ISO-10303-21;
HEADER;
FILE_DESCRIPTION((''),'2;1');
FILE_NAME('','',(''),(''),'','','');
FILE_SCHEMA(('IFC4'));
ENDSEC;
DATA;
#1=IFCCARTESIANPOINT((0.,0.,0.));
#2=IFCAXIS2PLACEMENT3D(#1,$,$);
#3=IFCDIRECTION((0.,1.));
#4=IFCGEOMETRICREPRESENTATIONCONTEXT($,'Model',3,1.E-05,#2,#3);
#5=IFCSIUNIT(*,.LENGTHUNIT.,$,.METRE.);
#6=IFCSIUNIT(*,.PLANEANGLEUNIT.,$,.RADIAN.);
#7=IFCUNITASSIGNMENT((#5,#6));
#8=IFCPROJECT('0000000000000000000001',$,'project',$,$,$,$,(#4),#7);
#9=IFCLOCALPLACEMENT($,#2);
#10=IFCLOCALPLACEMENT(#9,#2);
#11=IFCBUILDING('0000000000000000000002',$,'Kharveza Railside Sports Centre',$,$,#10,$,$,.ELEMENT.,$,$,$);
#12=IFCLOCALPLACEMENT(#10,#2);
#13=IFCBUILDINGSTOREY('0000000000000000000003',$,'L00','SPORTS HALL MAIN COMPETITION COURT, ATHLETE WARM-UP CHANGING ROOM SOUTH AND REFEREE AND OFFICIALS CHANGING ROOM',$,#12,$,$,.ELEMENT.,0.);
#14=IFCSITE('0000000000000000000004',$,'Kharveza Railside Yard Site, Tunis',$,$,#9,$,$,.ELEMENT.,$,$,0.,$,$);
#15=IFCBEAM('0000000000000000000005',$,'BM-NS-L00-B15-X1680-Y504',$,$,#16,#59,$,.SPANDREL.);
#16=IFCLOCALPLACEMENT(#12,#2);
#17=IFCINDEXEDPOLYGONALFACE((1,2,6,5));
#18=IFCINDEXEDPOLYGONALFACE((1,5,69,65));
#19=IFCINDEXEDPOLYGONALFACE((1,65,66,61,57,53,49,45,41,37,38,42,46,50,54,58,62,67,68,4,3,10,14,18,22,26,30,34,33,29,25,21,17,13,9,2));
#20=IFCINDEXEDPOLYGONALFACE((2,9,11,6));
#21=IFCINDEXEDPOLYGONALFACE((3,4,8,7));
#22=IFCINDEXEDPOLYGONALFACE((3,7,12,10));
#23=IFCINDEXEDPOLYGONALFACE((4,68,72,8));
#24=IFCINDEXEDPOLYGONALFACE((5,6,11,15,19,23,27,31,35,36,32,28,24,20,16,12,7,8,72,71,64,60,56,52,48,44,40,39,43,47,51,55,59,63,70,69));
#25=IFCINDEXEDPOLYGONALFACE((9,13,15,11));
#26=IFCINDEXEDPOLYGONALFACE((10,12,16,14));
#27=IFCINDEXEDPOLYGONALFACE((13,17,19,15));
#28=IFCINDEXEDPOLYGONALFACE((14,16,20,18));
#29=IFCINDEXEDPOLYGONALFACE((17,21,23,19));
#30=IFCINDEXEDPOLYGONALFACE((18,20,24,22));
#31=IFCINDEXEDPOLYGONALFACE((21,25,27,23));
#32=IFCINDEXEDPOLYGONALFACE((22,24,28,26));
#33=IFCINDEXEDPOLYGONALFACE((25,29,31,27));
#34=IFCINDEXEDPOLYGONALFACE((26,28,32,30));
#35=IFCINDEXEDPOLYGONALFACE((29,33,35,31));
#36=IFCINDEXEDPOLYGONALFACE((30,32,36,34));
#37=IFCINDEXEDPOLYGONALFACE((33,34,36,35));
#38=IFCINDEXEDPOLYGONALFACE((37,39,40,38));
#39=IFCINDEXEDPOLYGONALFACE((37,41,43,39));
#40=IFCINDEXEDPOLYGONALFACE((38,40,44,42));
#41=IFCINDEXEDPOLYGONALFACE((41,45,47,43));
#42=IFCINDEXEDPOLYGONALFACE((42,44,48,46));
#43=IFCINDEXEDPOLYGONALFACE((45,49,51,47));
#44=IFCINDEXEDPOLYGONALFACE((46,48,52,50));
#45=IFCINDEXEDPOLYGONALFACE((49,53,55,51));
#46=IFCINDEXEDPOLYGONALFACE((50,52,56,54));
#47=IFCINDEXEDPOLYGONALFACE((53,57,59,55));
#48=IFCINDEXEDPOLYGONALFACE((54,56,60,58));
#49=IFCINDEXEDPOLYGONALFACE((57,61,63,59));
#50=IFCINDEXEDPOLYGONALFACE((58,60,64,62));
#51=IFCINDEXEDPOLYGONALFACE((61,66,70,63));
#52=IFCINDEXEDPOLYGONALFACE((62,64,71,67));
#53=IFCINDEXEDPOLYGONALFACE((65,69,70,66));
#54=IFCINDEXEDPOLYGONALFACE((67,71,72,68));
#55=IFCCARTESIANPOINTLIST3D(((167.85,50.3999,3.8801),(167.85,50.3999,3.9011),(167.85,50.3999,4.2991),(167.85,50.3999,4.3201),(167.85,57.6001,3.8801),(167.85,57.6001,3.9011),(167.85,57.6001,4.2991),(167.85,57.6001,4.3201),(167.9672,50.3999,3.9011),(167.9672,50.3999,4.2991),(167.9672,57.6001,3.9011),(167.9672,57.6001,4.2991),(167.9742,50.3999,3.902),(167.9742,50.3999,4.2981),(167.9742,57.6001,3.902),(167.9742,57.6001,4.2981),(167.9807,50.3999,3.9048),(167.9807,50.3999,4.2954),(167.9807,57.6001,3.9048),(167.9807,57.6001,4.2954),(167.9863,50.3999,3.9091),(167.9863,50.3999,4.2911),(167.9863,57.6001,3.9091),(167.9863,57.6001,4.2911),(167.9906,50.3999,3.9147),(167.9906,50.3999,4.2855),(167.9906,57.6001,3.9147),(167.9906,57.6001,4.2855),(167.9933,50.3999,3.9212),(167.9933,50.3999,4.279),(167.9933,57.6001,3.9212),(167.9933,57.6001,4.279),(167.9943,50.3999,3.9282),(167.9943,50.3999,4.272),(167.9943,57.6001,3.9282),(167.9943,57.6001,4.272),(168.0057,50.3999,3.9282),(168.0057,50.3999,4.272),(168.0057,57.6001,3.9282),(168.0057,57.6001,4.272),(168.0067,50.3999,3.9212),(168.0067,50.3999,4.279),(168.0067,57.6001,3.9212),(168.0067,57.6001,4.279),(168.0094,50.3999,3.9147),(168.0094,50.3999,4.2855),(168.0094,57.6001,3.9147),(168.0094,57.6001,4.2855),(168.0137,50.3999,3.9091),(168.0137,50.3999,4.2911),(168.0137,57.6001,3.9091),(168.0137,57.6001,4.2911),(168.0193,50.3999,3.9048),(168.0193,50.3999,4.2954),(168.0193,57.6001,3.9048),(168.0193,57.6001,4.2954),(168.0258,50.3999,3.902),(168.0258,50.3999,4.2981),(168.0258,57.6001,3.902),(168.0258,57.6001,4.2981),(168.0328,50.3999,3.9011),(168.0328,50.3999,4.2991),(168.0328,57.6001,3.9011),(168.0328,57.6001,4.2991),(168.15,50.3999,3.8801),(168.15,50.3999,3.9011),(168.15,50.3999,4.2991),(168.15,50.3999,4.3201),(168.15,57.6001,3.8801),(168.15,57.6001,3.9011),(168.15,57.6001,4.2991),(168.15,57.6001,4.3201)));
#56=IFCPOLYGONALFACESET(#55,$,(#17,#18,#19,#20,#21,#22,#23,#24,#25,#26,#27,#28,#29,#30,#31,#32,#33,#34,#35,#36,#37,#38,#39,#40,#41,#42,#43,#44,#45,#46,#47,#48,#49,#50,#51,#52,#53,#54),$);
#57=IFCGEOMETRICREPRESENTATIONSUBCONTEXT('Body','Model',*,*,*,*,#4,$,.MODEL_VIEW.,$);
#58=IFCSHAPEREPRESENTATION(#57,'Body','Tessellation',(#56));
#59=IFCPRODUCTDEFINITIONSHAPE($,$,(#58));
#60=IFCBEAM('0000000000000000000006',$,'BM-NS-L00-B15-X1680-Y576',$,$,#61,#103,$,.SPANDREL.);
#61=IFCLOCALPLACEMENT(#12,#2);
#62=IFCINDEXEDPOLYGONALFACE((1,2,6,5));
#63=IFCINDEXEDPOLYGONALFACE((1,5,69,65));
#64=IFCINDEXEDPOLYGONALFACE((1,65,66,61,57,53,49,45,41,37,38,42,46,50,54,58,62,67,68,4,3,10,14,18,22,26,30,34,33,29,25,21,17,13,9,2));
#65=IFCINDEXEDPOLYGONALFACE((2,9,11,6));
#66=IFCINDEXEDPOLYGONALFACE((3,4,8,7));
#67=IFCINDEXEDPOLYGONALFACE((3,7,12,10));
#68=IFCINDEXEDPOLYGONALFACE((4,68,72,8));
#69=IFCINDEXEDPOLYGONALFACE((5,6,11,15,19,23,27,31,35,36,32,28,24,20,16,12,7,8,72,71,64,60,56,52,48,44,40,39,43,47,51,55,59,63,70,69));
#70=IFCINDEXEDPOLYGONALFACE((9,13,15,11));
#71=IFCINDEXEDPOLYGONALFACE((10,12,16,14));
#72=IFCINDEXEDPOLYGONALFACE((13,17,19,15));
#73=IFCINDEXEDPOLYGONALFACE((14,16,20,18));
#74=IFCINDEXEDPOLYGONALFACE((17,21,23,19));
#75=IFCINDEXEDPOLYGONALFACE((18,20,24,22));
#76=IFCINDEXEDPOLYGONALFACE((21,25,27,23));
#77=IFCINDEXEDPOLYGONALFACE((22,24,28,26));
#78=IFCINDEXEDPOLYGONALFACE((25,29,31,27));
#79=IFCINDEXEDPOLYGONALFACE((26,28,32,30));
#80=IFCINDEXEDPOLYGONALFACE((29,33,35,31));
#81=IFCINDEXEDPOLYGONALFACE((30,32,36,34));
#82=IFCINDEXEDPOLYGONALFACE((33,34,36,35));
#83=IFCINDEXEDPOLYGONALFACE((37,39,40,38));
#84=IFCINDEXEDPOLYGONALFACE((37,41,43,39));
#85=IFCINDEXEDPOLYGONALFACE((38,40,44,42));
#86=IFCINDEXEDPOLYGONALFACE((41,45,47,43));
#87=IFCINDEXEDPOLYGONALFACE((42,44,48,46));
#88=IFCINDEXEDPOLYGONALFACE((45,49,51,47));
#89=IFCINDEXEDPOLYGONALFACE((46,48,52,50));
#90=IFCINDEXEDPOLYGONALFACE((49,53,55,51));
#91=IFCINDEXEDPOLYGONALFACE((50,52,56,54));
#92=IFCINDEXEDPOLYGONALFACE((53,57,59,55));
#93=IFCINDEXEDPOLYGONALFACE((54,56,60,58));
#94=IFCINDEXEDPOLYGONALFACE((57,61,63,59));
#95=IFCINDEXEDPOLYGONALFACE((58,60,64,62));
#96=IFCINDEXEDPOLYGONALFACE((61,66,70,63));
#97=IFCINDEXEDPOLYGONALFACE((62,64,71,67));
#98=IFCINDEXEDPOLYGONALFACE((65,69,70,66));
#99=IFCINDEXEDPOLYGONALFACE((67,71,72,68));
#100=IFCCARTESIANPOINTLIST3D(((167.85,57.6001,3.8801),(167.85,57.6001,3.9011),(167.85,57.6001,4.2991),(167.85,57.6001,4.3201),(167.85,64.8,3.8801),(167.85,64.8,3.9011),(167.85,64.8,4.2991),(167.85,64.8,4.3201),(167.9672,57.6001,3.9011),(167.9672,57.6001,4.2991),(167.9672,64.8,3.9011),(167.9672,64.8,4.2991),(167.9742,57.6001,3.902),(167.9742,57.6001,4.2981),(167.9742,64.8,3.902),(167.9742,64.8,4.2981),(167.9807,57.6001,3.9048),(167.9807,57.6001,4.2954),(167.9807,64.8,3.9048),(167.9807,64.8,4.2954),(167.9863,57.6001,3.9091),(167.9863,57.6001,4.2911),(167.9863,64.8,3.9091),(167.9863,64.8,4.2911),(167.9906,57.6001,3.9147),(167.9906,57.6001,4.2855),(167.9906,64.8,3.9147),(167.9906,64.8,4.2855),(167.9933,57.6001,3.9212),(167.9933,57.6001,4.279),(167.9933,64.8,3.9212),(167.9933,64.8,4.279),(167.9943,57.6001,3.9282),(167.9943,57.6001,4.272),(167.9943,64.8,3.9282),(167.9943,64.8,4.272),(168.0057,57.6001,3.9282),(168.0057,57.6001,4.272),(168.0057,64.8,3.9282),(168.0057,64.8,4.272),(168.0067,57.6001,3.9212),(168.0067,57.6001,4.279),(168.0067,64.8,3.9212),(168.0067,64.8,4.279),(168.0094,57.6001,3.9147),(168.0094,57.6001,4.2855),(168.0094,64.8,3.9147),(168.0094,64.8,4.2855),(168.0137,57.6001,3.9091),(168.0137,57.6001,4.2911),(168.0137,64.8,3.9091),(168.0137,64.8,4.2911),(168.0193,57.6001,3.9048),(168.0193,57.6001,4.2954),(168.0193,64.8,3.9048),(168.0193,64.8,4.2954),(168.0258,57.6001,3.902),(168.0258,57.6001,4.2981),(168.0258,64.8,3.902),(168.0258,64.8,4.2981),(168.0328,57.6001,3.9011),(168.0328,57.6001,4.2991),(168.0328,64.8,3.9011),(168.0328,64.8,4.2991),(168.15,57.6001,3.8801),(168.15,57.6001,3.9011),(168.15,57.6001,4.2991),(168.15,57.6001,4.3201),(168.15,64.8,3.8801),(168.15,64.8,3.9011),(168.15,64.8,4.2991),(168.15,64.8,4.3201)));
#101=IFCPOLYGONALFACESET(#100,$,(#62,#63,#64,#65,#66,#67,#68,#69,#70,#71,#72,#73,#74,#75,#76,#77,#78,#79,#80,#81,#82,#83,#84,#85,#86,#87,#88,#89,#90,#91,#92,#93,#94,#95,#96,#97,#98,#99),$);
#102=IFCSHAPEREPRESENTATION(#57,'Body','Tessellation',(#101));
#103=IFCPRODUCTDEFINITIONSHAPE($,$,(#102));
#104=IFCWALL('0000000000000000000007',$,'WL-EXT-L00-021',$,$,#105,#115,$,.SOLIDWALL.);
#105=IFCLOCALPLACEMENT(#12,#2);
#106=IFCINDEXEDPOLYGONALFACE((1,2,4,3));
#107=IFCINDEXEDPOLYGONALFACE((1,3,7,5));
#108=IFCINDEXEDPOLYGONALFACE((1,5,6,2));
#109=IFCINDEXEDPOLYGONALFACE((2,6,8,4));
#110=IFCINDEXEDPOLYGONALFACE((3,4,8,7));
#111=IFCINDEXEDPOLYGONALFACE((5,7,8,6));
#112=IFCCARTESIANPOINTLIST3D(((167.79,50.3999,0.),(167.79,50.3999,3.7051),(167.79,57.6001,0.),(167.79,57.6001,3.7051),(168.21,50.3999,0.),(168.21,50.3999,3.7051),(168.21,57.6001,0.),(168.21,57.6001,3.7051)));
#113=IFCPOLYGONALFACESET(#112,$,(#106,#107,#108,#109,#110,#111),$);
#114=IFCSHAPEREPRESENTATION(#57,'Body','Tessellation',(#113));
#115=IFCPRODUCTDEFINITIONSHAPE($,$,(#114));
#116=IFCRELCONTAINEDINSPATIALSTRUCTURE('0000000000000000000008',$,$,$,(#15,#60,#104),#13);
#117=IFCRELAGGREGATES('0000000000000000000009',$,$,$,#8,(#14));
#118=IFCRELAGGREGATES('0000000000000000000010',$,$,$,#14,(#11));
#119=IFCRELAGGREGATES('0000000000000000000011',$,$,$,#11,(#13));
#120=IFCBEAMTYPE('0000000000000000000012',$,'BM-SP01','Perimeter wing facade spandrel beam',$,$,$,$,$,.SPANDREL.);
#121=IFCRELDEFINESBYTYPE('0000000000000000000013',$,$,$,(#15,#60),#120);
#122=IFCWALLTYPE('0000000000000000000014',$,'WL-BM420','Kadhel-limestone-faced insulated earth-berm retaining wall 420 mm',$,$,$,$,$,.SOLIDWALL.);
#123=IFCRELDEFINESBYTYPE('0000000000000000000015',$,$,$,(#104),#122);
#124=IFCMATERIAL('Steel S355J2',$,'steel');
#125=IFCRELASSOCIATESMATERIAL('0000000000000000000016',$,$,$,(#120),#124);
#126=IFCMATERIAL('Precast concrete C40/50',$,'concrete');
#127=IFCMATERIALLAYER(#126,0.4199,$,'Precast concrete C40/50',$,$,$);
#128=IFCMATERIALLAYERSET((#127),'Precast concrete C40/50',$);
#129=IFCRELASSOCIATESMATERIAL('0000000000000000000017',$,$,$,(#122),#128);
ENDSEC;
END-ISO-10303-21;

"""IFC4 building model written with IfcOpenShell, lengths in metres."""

from ifc_helpers import new_model, si_unit, direction, frame, frame_2d, origin, origin_2d, place, context, subcontext, project, spatial, rectangle, i_section, extrude, material, layer, layer_set, material_profile, profile_set, type_object, element, save


model = new_model("IFC4")

# Units and contexts
model_context = context("Model", 3, precision=1e-05, world=origin(), true_north=direction((0.0, 1.0)))
body_context = subcontext(model_context, "Body", "Model", "MODEL_VIEW")
ifc_project = project(units=[si_unit("LENGTHUNIT", "METRE"), si_unit("PLANEANGLEUNIT", "RADIAN")], contexts=[model_context])

# Site, building, storey
site_placement = place(None, origin())
site = spatial("IfcSite", under=ifc_project, at=site_placement, Name="Kharveza Railside Yard Site, Tunis", CompositionType="ELEMENT", RefElevation=0.0)
building_placement = place(site_placement, origin())
building = spatial("IfcBuilding", under=site, at=building_placement, Name="Kharveza Railside Sports Centre", CompositionType="ELEMENT")
storey_placement = place(building_placement, origin())
storey = spatial("IfcBuildingStorey", under=building, at=storey_placement, Name="L00", Description="SPORTS HALL MAIN COMPETITION COURT, ATHLETE WARM-UP CHANGING ROOM SOUTH AND REFEREE AND OFFICIALS CHANGING ROOM", CompositionType="ELEMENT", Elevation=0.0)

# Shared definitions
ifc_material_1 = material(Name="Steel S355J2", Category="steel")

# Beams
ifc_material_profile_1 = material_profile(ifc_material_1, i_section(OverallWidth=0.3, OverallDepth=0.4399, WebThickness=0.0115, FlangeThickness=0.021, FilletRadius=0.0271, at=origin_2d()), Name="HEA 450")
ifc_profile_set_1 = profile_set([ifc_material_profile_1], Name="Steel S355J2")
beam_type_1 = type_object("IfcBeamType", Name="BM-SP01", Description="Perimeter wing facade spandrel beam", PredefinedType="SPANDREL", material=ifc_profile_set_1)
beam_1_placement = place(storey_placement, frame((168.0, 50.3999, 4.1001), z_axis=(0.0, 1.0, 0.0), x_axis=(-1.0, 0.0, 0.0)))
element("IfcBeam", 1, at=beam_1_placement, inside=storey, type_object=beam_type_1, Name="BM-NS-L00-B15-X1680-Y504", PredefinedType="SPANDREL", context=body_context, shape_type="SweptSolid", body=[
    extrude(i_section(OverallWidth=0.3, OverallDepth=0.4399, WebThickness=0.0115, FlangeThickness=0.021, FilletRadius=0.0271, at=origin_2d()), origin(), (0.0, 0.0, 1.0), 7.2002),
])
beam_2_placement = place(storey_placement, frame((168.0, 57.6001, 4.1001), z_axis=(0.0, 1.0, 0.0), x_axis=(-1.0, 0.0, 0.0)))
element("IfcBeam", 2, at=beam_2_placement, inside=storey, type_object=beam_type_1, Name="BM-NS-L00-B15-X1680-Y576", PredefinedType="SPANDREL", context=body_context, shape_type="SweptSolid", body=[
    extrude(i_section(OverallWidth=0.3, OverallDepth=0.4399, WebThickness=0.0115, FlangeThickness=0.021, FilletRadius=0.0271, at=origin_2d()), origin(), (0.0, 0.0, 1.0), 7.2),
])

# Wall
ifc_material_2 = material(Name="Precast concrete C40/50", Category="concrete")
ifc_layer = layer(ifc_material_2, 0.4199, Name="Precast concrete C40/50")
ifc_layer_set = layer_set([ifc_layer], Name="Precast concrete C40/50")
wall_type = type_object("IfcWallType", Name="WL-BM420", Description="Kadhel-limestone-faced insulated earth-berm retaining wall 420 mm", PredefinedType="SOLIDWALL", material=ifc_layer_set)
wall_placement = place(storey_placement, frame((168.0, 50.3999, 0.0), z_axis=(0.0, 0.0, 1.0), x_axis=(0.0, 1.0, 0.0)))
element("IfcWall", 3, at=wall_placement, inside=storey, type_object=wall_type, Name="WL-EXT-L00-021", PredefinedType="SOLIDWALL", context=body_context, shape_type="SweptSolid", body=[
    extrude(rectangle(XDim=7.2002, YDim=0.4199, at=frame_2d((3.6001, 0.0))), origin(), (0.0, 0.0, 1.0), 3.7051),
])

save(model, "model.ifc")
